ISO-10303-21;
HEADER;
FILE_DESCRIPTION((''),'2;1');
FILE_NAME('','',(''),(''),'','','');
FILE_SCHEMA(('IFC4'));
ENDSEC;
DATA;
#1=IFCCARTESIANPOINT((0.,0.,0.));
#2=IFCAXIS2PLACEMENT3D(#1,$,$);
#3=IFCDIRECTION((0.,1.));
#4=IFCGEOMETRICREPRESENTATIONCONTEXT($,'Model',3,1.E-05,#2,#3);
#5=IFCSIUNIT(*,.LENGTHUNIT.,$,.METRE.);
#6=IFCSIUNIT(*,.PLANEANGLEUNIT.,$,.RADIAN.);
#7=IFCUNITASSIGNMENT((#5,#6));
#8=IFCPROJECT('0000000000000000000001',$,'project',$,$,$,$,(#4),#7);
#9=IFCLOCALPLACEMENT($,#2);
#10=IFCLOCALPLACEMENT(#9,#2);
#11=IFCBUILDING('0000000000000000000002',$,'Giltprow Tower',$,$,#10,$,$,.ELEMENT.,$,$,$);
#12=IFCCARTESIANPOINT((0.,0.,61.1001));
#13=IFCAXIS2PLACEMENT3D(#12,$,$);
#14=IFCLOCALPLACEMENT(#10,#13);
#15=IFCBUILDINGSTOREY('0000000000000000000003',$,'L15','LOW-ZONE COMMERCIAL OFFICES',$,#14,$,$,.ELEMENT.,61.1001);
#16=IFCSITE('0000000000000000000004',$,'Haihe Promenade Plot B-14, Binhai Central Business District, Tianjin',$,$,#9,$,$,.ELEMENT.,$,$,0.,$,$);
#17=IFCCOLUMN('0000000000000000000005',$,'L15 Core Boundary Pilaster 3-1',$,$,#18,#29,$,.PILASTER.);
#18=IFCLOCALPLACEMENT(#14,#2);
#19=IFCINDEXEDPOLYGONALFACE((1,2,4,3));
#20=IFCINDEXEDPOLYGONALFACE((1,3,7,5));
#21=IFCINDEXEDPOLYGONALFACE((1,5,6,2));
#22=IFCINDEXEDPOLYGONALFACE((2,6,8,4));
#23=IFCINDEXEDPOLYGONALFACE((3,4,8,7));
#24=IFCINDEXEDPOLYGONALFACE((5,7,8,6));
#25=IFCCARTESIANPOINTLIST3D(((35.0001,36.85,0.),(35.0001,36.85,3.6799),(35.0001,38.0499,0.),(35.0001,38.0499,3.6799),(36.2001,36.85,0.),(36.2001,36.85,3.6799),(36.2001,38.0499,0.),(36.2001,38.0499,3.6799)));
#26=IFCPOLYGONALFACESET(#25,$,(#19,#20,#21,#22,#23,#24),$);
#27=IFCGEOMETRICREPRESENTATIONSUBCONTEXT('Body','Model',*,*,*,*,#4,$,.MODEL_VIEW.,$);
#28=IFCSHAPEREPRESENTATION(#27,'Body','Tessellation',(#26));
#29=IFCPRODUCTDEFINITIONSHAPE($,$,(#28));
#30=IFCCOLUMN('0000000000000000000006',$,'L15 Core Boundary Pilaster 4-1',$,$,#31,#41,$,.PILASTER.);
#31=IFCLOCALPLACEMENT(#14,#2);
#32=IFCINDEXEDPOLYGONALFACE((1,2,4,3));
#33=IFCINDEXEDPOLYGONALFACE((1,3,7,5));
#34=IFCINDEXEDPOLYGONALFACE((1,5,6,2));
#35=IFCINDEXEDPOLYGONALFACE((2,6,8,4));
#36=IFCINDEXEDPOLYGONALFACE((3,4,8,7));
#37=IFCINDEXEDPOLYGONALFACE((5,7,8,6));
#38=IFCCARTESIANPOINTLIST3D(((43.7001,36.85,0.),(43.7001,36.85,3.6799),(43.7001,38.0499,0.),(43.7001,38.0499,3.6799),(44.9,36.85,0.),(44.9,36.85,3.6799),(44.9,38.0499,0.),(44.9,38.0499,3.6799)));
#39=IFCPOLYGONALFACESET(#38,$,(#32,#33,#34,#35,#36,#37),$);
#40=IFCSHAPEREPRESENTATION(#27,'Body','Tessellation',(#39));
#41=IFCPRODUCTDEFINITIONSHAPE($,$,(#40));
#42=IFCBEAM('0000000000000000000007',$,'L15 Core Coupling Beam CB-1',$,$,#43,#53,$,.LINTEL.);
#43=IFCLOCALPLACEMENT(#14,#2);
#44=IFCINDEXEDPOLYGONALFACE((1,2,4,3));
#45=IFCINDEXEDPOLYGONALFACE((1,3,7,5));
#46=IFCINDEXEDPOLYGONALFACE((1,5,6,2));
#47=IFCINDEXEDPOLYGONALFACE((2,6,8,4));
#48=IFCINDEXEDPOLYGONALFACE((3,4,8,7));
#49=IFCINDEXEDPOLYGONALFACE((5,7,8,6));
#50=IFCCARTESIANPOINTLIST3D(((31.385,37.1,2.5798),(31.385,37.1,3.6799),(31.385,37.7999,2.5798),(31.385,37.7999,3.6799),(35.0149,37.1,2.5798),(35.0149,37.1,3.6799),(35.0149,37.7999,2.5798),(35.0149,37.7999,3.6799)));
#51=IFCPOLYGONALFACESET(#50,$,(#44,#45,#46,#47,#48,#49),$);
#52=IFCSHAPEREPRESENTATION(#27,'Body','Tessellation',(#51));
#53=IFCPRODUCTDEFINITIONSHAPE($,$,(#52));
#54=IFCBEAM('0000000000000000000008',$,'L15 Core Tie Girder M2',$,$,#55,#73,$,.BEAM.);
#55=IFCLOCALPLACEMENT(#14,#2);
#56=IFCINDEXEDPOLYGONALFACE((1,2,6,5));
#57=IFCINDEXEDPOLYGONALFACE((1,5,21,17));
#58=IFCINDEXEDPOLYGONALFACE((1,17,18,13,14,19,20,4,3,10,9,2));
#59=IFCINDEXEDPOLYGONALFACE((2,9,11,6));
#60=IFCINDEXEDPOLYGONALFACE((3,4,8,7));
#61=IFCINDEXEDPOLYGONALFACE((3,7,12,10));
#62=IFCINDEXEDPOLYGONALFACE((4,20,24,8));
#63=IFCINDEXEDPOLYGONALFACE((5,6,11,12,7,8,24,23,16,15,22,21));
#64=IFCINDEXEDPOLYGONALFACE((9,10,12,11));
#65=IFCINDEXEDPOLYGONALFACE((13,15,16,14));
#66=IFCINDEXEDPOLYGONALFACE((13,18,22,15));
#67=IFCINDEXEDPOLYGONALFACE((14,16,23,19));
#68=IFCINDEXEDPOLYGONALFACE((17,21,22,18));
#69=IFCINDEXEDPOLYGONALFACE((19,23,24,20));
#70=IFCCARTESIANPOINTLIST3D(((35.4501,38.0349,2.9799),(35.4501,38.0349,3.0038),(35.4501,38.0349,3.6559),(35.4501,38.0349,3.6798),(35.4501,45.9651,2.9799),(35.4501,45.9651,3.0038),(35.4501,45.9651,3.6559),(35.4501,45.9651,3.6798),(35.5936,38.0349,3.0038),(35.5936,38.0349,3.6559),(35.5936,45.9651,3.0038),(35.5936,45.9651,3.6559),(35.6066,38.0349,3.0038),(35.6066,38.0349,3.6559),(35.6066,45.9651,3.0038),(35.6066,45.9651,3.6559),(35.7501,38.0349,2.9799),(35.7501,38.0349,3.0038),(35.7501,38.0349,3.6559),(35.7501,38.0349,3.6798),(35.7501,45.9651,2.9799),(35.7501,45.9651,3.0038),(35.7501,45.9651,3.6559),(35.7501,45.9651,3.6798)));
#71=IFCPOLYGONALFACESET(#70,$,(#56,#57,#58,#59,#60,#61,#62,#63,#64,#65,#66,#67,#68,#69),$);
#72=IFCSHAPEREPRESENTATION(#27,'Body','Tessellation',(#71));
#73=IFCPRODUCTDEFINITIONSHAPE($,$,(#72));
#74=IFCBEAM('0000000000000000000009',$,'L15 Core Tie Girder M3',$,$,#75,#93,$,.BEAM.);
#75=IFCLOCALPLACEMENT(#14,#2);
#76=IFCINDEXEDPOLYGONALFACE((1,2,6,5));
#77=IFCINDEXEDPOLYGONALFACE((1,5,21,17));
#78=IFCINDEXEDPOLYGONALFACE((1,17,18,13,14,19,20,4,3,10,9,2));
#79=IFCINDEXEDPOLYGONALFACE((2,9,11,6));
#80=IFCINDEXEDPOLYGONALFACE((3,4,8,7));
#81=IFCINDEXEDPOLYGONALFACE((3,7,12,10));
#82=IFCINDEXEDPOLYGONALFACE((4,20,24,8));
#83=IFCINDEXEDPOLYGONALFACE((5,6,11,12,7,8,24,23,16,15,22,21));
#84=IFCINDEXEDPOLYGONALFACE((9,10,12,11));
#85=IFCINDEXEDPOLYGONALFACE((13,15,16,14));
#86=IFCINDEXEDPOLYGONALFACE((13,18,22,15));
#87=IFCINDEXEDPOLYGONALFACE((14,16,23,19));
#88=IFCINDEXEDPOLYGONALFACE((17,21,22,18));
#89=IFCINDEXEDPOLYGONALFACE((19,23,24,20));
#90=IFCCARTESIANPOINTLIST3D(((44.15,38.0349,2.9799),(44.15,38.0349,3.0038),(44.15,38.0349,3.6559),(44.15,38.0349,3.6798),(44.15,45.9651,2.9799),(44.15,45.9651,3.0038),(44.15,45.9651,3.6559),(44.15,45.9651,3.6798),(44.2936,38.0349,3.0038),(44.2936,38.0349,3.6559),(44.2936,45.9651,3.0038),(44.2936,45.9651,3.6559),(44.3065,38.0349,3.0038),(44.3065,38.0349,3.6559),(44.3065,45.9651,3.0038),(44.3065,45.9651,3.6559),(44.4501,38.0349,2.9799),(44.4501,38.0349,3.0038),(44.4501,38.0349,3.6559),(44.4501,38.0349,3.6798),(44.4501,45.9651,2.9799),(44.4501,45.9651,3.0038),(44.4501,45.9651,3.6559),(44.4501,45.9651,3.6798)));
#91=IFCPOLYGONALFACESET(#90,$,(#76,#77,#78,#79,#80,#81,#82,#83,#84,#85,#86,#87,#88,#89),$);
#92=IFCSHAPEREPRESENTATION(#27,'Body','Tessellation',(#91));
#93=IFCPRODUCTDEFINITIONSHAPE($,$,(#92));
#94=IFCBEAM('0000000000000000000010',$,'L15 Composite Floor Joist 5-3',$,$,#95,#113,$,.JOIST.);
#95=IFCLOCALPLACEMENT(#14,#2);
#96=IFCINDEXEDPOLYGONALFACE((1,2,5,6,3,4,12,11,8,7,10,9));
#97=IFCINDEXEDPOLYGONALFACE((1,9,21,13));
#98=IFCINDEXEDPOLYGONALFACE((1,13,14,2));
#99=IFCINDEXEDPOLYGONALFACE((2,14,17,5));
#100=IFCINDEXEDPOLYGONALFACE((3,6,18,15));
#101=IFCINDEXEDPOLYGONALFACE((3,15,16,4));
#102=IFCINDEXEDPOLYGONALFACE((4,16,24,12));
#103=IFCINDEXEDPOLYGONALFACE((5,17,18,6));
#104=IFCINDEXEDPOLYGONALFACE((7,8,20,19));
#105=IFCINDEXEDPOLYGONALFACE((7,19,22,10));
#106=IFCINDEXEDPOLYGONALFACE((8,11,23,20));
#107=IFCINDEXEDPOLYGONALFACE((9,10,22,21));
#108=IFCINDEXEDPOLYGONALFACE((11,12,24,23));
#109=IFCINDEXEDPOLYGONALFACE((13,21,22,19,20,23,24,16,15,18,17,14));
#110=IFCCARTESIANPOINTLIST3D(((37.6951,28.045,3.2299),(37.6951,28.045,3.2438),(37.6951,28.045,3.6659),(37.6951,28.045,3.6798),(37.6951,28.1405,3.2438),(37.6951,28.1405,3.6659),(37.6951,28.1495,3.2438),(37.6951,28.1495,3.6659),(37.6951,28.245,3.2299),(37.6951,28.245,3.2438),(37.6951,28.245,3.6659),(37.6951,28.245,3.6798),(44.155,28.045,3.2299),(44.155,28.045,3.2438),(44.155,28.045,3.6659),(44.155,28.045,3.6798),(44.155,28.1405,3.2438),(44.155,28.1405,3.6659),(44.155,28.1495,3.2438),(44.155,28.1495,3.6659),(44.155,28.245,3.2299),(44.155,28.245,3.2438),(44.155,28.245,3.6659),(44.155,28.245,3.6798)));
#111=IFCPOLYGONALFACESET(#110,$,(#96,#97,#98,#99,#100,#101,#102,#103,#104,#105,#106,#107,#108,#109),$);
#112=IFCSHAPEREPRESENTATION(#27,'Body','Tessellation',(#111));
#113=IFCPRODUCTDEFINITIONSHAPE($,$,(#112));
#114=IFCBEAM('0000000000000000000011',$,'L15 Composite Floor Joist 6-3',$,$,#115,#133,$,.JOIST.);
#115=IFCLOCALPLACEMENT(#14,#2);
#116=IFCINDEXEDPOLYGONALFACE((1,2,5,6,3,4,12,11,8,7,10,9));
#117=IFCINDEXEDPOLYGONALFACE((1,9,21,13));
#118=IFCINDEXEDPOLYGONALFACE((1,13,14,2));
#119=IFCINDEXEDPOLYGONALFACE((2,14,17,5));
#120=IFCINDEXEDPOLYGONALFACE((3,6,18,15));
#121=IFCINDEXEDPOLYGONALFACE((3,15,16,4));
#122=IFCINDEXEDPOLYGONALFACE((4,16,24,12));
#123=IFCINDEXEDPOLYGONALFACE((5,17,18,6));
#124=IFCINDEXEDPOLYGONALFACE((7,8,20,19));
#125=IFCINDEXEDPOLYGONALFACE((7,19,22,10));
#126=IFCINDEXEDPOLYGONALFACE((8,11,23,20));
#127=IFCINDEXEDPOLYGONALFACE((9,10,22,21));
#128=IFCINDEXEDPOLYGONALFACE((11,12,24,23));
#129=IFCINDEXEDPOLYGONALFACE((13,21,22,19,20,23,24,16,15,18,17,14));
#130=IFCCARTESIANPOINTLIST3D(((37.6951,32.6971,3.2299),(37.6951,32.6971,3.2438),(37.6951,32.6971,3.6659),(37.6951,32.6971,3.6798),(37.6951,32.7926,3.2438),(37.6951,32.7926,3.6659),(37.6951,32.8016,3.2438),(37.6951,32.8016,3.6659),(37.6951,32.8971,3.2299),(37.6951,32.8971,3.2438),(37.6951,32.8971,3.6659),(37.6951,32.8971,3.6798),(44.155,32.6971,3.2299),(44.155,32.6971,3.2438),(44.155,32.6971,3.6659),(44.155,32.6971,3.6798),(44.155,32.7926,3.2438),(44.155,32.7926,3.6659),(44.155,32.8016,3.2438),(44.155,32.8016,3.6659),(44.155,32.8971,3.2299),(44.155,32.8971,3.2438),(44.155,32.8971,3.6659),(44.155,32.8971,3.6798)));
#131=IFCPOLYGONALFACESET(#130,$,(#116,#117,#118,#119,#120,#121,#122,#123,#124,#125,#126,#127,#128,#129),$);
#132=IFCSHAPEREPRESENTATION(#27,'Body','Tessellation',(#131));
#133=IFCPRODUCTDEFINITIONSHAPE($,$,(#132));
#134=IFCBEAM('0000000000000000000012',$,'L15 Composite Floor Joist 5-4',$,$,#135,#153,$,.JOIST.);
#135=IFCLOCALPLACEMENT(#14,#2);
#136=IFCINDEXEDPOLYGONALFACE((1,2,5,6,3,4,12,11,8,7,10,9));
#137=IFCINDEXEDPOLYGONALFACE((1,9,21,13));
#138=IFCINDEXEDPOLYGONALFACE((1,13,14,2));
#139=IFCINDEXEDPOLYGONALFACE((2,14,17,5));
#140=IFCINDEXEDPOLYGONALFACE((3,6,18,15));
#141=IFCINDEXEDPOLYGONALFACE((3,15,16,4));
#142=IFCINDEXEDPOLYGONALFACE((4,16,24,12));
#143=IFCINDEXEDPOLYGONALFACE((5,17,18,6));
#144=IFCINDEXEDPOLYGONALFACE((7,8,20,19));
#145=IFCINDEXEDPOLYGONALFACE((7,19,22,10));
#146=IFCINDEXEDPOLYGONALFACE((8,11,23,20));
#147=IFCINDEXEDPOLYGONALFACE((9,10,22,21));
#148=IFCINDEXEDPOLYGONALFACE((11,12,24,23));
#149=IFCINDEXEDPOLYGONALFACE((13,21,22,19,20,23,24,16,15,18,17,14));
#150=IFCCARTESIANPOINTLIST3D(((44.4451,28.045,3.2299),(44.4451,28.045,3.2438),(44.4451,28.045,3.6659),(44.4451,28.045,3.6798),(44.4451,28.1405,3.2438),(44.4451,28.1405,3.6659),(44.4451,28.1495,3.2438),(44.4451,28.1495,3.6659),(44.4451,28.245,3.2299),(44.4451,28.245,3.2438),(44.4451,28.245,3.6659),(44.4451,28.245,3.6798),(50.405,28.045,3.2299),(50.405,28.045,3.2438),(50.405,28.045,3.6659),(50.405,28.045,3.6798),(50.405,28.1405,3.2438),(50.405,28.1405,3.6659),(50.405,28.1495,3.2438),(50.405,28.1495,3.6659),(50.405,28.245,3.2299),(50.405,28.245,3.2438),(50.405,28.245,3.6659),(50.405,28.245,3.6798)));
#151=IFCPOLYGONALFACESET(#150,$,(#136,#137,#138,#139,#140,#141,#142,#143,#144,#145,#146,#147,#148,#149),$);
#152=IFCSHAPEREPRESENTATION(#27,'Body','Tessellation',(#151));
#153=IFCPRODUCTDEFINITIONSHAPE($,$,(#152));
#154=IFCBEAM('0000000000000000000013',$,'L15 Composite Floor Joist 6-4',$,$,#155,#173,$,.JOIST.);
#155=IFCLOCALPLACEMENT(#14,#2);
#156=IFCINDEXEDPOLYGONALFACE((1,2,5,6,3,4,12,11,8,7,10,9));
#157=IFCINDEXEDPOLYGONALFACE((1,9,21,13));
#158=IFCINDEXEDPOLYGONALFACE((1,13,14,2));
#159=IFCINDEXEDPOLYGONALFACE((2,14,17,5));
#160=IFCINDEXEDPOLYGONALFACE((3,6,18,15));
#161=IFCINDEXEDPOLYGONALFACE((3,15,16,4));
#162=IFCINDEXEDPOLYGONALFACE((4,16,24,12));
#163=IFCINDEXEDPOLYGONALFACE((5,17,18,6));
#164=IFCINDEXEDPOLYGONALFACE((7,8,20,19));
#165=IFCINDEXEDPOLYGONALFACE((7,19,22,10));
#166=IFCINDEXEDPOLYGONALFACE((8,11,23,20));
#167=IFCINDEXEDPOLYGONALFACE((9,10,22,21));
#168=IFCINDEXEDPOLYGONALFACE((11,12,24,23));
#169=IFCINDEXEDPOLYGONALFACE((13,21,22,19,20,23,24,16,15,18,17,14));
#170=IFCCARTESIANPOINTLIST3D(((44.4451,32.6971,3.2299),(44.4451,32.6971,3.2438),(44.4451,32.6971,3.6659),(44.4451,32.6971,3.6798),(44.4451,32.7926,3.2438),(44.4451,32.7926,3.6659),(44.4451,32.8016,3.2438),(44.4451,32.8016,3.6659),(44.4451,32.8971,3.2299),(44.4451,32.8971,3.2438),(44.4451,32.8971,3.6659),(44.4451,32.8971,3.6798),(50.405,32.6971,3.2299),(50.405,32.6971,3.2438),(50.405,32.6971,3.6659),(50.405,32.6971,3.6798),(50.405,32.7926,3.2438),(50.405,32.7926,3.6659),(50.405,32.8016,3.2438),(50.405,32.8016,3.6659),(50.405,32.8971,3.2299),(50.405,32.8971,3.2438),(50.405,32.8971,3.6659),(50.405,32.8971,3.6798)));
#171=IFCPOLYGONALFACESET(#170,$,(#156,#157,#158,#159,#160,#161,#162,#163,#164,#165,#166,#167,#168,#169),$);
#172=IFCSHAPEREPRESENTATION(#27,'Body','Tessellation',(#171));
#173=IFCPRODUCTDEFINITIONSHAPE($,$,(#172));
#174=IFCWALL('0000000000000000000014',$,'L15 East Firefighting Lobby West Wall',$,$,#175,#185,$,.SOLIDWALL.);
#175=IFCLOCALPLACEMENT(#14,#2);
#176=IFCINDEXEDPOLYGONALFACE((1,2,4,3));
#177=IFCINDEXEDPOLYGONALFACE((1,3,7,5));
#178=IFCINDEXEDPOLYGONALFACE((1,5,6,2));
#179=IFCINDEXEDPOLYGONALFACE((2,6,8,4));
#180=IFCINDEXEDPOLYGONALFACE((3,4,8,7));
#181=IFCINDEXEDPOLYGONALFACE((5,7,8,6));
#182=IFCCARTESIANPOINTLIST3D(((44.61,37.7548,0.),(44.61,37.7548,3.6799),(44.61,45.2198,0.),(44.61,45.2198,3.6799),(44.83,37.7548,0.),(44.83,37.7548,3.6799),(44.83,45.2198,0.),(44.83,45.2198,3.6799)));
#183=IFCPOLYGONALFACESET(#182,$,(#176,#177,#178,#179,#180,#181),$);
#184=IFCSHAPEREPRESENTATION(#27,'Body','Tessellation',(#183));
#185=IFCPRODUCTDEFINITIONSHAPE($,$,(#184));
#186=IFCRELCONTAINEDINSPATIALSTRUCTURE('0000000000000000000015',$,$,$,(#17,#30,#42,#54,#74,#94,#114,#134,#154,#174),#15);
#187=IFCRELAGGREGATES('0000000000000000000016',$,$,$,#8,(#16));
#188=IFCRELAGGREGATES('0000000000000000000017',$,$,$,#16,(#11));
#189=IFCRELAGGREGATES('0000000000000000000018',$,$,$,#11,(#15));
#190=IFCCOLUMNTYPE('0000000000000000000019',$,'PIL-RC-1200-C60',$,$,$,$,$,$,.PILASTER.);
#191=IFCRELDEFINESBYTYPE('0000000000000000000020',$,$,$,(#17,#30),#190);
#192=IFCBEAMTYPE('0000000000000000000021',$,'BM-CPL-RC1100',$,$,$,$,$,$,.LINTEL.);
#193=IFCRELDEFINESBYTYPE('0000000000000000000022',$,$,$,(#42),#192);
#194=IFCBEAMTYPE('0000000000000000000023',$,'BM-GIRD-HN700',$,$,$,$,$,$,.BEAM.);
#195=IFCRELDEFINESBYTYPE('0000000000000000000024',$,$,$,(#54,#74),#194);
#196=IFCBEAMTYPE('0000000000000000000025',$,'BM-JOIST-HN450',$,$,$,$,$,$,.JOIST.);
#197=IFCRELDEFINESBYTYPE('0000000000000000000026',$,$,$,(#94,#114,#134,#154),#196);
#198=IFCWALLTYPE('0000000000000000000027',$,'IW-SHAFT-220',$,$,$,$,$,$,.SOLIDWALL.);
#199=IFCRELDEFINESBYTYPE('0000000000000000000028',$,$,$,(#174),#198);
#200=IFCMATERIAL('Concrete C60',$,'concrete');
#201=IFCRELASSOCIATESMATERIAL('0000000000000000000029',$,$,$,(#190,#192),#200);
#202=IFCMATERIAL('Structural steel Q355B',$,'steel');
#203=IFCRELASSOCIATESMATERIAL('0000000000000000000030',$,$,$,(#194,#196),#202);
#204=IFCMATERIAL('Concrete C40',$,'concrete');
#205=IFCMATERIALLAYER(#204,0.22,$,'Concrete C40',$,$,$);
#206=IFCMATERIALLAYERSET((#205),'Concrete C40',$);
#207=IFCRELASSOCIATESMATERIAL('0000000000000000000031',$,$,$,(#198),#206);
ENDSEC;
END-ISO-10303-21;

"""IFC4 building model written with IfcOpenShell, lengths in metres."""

from ifc_helpers import new_model, si_unit, direction, frame, frame_2d, origin, origin_2d, place, context, subcontext, project, spatial, rectangle, i_section, extrude, source, transform, mapped, material, layer, layer_set, material_profile, profile_set, type_object, element, save


model = new_model("IFC4")

# Units and contexts
model_context = context("Model", 3, precision=1e-05, world=origin(), true_north=direction((0.0, 1.0)))
body_context = subcontext(model_context, "Body", "Model", "MODEL_VIEW")
ifc_project = project(units=[si_unit("LENGTHUNIT", "METRE"), si_unit("PLANEANGLEUNIT", "RADIAN")], contexts=[model_context])

# Site, building, storey
site_placement = place(None, origin())
site = spatial("IfcSite", under=ifc_project, at=site_placement, Name="Haihe Promenade Plot B-14, Binhai Central Business District, Tianjin", CompositionType="ELEMENT", RefElevation=0.0)
building_placement = place(site_placement, origin())
building = spatial("IfcBuilding", under=site, at=building_placement, Name="Giltprow Tower", CompositionType="ELEMENT")
storey_placement = place(building_placement, frame((0.0, 0.0, 61.1001)))
storey = spatial("IfcBuildingStorey", under=building, at=storey_placement, Name="L15", Description="LOW-ZONE COMMERCIAL OFFICES", CompositionType="ELEMENT", Elevation=61.1001)

# Columns
ifc_material_1 = material(Name="Concrete C60", Category="concrete")
ifc_material_profile_1 = material_profile(ifc_material_1, rectangle(XDim=1.2, YDim=1.2, at=origin_2d()), Name="RC 1200x1200")
ifc_profile_set_1 = profile_set([ifc_material_profile_1], Name="Concrete C60")
column_type = type_object("IfcColumnType", Name="PIL-RC-1200-C60", PredefinedType="PILASTER", material=ifc_profile_set_1)
shared_shape_1 = source(origin(), body_context, "Body", "SweptSolid", [
    extrude(rectangle(XDim=1.2, YDim=1.2, at=origin_2d()), origin(), (0.0, 0.0, 1.0), 3.6799),
])
for number, where, z_axis, x_axis, name in (
    (1, (35.6001, 37.45, 0.0), (0.0, 0.0, 1.0), (1.0, 0.0, 0.0), "L15 Core Boundary Pilaster 3-1"),
    (2, (44.3, 37.45, 0.0), (0.0, 0.0, 1.0), (1.0, 0.0, 0.0), "L15 Core Boundary Pilaster 4-1"),
):
    element("IfcColumn", number, at=place(storey_placement, frame(where, z_axis=z_axis, x_axis=x_axis)), inside=storey, type_object=column_type, Name=name, PredefinedType="PILASTER", context=body_context, shape_type="MappedRepresentation", body=[
        mapped(shared_shape_1, transform((0.0, 0.0, 0.0), x_axis=(1.0, 0.0, 0.0), y_axis=(0.0, 1.0, 0.0), z_axis=(0.0, 0.0, 1.0), scale=1.0)),
    ])

# Beams
ifc_material_profile_2 = material_profile(ifc_material_1, rectangle(XDim=0.7, YDim=1.1001, at=origin_2d()), Name="RC 1100x700")
ifc_profile_set_2 = profile_set([ifc_material_profile_2], Name="Concrete C60")
beam_type_1 = type_object("IfcBeamType", Name="BM-CPL-RC1100", PredefinedType="LINTEL", material=ifc_profile_set_2)
shared_shape_2 = source(origin(), body_context, "Body", "SweptSolid", [
    extrude(rectangle(XDim=0.7, YDim=1.1001, at=origin_2d()), origin(), (0.0, 0.0, 1.0), 3.6299),
])
beam_placement = place(storey_placement, frame((31.385, 37.45, 3.1299), z_axis=(1.0, 0.0, 0.0), x_axis=(0.0, 1.0, 0.0)))
element("IfcBeam", 3, at=beam_placement, inside=storey, type_object=beam_type_1, Name="L15 Core Coupling Beam CB-1", PredefinedType="LINTEL", context=body_context, shape_type="MappedRepresentation", body=[
    mapped(shared_shape_2, transform((0.0, 0.0, 0.0), x_axis=(1.0, 0.0, 0.0), y_axis=(0.0, 1.0, 0.0), z_axis=(0.0, 0.0, 1.0), scale=1.0)),
])
ifc_material_2 = material(Name="Structural steel Q355B", Category="steel")
ifc_material_profile_3 = material_profile(ifc_material_2, i_section(OverallWidth=0.3, OverallDepth=0.7, WebThickness=0.0129, FlangeThickness=0.0239, at=origin_2d()), Name="HN 700x300x13x24")
ifc_profile_set_3 = profile_set([ifc_material_profile_3], Name="Structural steel Q355B")
beam_type_2 = type_object("IfcBeamType", Name="BM-GIRD-HN700", PredefinedType="BEAM", material=ifc_profile_set_3)
shared_shape_3 = source(origin(), body_context, "Body", "SweptSolid", [
    extrude(i_section(OverallWidth=0.3, OverallDepth=0.7, WebThickness=0.0129, FlangeThickness=0.0239, at=origin_2d()), origin(), (0.0, 0.0, 1.0), 7.9302),
])
for number, where, z_axis, x_axis, name in (
    (4, (35.6001, 38.0349, 3.3298), (0.0, 1.0, 0.0), (-1.0, 0.0, 0.0), "L15 Core Tie Girder M2"),
    (5, (44.3, 38.0349, 3.3298), (0.0, 1.0, 0.0), (-1.0, 0.0, 0.0), "L15 Core Tie Girder M3"),
):
    element("IfcBeam", number, at=place(storey_placement, frame(where, z_axis=z_axis, x_axis=x_axis)), inside=storey, type_object=beam_type_2, Name=name, PredefinedType="BEAM", context=body_context, shape_type="MappedRepresentation", body=[
        mapped(shared_shape_3, transform((0.0, 0.0, 0.0), x_axis=(1.0, 0.0, 0.0), y_axis=(0.0, 1.0, 0.0), z_axis=(0.0, 0.0, 1.0), scale=1.0)),
    ])
ifc_material_profile_4 = material_profile(ifc_material_2, i_section(OverallWidth=0.2, OverallDepth=0.45, WebThickness=0.009, FlangeThickness=0.0139, at=origin_2d()), Name="HN 450x200x9x14")
ifc_profile_set_4 = profile_set([ifc_material_profile_4], Name="Structural steel Q355B")
beam_type_3 = type_object("IfcBeamType", Name="BM-JOIST-HN450", PredefinedType="JOIST", material=ifc_profile_set_4)
shared_shape_4 = source(origin(), body_context, "Body", "SweptSolid", [
    extrude(i_section(OverallWidth=0.2, OverallDepth=0.45, WebThickness=0.009, FlangeThickness=0.0139, at=origin_2d()), origin(), (0.0, 0.0, 1.0), 6.46),
])
for number, where, z_axis, x_axis, name in (
    (6, (37.6951, 28.145, 3.4548), (1.0, 0.0, 0.0), (0.0, 1.0, 0.0), "L15 Composite Floor Joist 5-3"),
    (7, (37.6951, 32.7971, 3.4548), (1.0, 0.0, 0.0), (0.0, 1.0, 0.0), "L15 Composite Floor Joist 6-3"),
):
    element("IfcBeam", number, at=place(storey_placement, frame(where, z_axis=z_axis, x_axis=x_axis)), inside=storey, type_object=beam_type_3, Name=name, PredefinedType="JOIST", context=body_context, shape_type="MappedRepresentation", body=[
        mapped(shared_shape_4, transform((0.0, 0.0, 0.0), x_axis=(1.0, 0.0, 0.0), y_axis=(0.0, 1.0, 0.0), z_axis=(0.0, 0.0, 1.0), scale=1.0)),
    ])
shared_shape_5 = source(origin(), body_context, "Body", "SweptSolid", [
    extrude(i_section(OverallWidth=0.2, OverallDepth=0.45, WebThickness=0.009, FlangeThickness=0.0139, at=origin_2d()), origin(), (0.0, 0.0, 1.0), 5.96),
])
for number, where, z_axis, x_axis, name in (
    (8, (44.4451, 28.145, 3.4548), (1.0, 0.0, 0.0), (0.0, 1.0, 0.0), "L15 Composite Floor Joist 5-4"),
    (9, (44.4451, 32.7971, 3.4548), (1.0, 0.0, 0.0), (0.0, 1.0, 0.0), "L15 Composite Floor Joist 6-4"),
):
    element("IfcBeam", number, at=place(storey_placement, frame(where, z_axis=z_axis, x_axis=x_axis)), inside=storey, type_object=beam_type_3, Name=name, PredefinedType="JOIST", context=body_context, shape_type="MappedRepresentation", body=[
        mapped(shared_shape_5, transform((0.0, 0.0, 0.0), x_axis=(1.0, 0.0, 0.0), y_axis=(0.0, 1.0, 0.0), z_axis=(0.0, 0.0, 1.0), scale=1.0)),
    ])

# Wall
ifc_material_3 = material(Name="Concrete C40", Category="concrete")
ifc_layer_1 = layer(ifc_material_3, 0.22, Name="Concrete C40")
ifc_layer_set_1 = layer_set([ifc_layer_1], Name="Concrete C40")
wall_type_1 = type_object("IfcWallType", Name="IW-SHAFT-220", PredefinedType="SOLIDWALL", material=ifc_layer_set_1)
wall_1_placement = place(storey_placement, frame((44.72, 37.7549, 0.0), z_axis=(0.0, 0.0, 1.0), x_axis=(0.0, 1.0, 0.0)))
element("IfcWall", 10, at=wall_1_placement, inside=storey, type_object=wall_type_1, Name="L15 East Firefighting Lobby West Wall", PredefinedType="SOLIDWALL", context=body_context, shape_type="SweptSolid", body=[
    extrude(rectangle(XDim=7.4651, YDim=0.22, at=frame_2d((3.7324, 0.0))), origin(), (0.0, 0.0, 1.0), 3.6799),
])

save(model, "model.ifc")
